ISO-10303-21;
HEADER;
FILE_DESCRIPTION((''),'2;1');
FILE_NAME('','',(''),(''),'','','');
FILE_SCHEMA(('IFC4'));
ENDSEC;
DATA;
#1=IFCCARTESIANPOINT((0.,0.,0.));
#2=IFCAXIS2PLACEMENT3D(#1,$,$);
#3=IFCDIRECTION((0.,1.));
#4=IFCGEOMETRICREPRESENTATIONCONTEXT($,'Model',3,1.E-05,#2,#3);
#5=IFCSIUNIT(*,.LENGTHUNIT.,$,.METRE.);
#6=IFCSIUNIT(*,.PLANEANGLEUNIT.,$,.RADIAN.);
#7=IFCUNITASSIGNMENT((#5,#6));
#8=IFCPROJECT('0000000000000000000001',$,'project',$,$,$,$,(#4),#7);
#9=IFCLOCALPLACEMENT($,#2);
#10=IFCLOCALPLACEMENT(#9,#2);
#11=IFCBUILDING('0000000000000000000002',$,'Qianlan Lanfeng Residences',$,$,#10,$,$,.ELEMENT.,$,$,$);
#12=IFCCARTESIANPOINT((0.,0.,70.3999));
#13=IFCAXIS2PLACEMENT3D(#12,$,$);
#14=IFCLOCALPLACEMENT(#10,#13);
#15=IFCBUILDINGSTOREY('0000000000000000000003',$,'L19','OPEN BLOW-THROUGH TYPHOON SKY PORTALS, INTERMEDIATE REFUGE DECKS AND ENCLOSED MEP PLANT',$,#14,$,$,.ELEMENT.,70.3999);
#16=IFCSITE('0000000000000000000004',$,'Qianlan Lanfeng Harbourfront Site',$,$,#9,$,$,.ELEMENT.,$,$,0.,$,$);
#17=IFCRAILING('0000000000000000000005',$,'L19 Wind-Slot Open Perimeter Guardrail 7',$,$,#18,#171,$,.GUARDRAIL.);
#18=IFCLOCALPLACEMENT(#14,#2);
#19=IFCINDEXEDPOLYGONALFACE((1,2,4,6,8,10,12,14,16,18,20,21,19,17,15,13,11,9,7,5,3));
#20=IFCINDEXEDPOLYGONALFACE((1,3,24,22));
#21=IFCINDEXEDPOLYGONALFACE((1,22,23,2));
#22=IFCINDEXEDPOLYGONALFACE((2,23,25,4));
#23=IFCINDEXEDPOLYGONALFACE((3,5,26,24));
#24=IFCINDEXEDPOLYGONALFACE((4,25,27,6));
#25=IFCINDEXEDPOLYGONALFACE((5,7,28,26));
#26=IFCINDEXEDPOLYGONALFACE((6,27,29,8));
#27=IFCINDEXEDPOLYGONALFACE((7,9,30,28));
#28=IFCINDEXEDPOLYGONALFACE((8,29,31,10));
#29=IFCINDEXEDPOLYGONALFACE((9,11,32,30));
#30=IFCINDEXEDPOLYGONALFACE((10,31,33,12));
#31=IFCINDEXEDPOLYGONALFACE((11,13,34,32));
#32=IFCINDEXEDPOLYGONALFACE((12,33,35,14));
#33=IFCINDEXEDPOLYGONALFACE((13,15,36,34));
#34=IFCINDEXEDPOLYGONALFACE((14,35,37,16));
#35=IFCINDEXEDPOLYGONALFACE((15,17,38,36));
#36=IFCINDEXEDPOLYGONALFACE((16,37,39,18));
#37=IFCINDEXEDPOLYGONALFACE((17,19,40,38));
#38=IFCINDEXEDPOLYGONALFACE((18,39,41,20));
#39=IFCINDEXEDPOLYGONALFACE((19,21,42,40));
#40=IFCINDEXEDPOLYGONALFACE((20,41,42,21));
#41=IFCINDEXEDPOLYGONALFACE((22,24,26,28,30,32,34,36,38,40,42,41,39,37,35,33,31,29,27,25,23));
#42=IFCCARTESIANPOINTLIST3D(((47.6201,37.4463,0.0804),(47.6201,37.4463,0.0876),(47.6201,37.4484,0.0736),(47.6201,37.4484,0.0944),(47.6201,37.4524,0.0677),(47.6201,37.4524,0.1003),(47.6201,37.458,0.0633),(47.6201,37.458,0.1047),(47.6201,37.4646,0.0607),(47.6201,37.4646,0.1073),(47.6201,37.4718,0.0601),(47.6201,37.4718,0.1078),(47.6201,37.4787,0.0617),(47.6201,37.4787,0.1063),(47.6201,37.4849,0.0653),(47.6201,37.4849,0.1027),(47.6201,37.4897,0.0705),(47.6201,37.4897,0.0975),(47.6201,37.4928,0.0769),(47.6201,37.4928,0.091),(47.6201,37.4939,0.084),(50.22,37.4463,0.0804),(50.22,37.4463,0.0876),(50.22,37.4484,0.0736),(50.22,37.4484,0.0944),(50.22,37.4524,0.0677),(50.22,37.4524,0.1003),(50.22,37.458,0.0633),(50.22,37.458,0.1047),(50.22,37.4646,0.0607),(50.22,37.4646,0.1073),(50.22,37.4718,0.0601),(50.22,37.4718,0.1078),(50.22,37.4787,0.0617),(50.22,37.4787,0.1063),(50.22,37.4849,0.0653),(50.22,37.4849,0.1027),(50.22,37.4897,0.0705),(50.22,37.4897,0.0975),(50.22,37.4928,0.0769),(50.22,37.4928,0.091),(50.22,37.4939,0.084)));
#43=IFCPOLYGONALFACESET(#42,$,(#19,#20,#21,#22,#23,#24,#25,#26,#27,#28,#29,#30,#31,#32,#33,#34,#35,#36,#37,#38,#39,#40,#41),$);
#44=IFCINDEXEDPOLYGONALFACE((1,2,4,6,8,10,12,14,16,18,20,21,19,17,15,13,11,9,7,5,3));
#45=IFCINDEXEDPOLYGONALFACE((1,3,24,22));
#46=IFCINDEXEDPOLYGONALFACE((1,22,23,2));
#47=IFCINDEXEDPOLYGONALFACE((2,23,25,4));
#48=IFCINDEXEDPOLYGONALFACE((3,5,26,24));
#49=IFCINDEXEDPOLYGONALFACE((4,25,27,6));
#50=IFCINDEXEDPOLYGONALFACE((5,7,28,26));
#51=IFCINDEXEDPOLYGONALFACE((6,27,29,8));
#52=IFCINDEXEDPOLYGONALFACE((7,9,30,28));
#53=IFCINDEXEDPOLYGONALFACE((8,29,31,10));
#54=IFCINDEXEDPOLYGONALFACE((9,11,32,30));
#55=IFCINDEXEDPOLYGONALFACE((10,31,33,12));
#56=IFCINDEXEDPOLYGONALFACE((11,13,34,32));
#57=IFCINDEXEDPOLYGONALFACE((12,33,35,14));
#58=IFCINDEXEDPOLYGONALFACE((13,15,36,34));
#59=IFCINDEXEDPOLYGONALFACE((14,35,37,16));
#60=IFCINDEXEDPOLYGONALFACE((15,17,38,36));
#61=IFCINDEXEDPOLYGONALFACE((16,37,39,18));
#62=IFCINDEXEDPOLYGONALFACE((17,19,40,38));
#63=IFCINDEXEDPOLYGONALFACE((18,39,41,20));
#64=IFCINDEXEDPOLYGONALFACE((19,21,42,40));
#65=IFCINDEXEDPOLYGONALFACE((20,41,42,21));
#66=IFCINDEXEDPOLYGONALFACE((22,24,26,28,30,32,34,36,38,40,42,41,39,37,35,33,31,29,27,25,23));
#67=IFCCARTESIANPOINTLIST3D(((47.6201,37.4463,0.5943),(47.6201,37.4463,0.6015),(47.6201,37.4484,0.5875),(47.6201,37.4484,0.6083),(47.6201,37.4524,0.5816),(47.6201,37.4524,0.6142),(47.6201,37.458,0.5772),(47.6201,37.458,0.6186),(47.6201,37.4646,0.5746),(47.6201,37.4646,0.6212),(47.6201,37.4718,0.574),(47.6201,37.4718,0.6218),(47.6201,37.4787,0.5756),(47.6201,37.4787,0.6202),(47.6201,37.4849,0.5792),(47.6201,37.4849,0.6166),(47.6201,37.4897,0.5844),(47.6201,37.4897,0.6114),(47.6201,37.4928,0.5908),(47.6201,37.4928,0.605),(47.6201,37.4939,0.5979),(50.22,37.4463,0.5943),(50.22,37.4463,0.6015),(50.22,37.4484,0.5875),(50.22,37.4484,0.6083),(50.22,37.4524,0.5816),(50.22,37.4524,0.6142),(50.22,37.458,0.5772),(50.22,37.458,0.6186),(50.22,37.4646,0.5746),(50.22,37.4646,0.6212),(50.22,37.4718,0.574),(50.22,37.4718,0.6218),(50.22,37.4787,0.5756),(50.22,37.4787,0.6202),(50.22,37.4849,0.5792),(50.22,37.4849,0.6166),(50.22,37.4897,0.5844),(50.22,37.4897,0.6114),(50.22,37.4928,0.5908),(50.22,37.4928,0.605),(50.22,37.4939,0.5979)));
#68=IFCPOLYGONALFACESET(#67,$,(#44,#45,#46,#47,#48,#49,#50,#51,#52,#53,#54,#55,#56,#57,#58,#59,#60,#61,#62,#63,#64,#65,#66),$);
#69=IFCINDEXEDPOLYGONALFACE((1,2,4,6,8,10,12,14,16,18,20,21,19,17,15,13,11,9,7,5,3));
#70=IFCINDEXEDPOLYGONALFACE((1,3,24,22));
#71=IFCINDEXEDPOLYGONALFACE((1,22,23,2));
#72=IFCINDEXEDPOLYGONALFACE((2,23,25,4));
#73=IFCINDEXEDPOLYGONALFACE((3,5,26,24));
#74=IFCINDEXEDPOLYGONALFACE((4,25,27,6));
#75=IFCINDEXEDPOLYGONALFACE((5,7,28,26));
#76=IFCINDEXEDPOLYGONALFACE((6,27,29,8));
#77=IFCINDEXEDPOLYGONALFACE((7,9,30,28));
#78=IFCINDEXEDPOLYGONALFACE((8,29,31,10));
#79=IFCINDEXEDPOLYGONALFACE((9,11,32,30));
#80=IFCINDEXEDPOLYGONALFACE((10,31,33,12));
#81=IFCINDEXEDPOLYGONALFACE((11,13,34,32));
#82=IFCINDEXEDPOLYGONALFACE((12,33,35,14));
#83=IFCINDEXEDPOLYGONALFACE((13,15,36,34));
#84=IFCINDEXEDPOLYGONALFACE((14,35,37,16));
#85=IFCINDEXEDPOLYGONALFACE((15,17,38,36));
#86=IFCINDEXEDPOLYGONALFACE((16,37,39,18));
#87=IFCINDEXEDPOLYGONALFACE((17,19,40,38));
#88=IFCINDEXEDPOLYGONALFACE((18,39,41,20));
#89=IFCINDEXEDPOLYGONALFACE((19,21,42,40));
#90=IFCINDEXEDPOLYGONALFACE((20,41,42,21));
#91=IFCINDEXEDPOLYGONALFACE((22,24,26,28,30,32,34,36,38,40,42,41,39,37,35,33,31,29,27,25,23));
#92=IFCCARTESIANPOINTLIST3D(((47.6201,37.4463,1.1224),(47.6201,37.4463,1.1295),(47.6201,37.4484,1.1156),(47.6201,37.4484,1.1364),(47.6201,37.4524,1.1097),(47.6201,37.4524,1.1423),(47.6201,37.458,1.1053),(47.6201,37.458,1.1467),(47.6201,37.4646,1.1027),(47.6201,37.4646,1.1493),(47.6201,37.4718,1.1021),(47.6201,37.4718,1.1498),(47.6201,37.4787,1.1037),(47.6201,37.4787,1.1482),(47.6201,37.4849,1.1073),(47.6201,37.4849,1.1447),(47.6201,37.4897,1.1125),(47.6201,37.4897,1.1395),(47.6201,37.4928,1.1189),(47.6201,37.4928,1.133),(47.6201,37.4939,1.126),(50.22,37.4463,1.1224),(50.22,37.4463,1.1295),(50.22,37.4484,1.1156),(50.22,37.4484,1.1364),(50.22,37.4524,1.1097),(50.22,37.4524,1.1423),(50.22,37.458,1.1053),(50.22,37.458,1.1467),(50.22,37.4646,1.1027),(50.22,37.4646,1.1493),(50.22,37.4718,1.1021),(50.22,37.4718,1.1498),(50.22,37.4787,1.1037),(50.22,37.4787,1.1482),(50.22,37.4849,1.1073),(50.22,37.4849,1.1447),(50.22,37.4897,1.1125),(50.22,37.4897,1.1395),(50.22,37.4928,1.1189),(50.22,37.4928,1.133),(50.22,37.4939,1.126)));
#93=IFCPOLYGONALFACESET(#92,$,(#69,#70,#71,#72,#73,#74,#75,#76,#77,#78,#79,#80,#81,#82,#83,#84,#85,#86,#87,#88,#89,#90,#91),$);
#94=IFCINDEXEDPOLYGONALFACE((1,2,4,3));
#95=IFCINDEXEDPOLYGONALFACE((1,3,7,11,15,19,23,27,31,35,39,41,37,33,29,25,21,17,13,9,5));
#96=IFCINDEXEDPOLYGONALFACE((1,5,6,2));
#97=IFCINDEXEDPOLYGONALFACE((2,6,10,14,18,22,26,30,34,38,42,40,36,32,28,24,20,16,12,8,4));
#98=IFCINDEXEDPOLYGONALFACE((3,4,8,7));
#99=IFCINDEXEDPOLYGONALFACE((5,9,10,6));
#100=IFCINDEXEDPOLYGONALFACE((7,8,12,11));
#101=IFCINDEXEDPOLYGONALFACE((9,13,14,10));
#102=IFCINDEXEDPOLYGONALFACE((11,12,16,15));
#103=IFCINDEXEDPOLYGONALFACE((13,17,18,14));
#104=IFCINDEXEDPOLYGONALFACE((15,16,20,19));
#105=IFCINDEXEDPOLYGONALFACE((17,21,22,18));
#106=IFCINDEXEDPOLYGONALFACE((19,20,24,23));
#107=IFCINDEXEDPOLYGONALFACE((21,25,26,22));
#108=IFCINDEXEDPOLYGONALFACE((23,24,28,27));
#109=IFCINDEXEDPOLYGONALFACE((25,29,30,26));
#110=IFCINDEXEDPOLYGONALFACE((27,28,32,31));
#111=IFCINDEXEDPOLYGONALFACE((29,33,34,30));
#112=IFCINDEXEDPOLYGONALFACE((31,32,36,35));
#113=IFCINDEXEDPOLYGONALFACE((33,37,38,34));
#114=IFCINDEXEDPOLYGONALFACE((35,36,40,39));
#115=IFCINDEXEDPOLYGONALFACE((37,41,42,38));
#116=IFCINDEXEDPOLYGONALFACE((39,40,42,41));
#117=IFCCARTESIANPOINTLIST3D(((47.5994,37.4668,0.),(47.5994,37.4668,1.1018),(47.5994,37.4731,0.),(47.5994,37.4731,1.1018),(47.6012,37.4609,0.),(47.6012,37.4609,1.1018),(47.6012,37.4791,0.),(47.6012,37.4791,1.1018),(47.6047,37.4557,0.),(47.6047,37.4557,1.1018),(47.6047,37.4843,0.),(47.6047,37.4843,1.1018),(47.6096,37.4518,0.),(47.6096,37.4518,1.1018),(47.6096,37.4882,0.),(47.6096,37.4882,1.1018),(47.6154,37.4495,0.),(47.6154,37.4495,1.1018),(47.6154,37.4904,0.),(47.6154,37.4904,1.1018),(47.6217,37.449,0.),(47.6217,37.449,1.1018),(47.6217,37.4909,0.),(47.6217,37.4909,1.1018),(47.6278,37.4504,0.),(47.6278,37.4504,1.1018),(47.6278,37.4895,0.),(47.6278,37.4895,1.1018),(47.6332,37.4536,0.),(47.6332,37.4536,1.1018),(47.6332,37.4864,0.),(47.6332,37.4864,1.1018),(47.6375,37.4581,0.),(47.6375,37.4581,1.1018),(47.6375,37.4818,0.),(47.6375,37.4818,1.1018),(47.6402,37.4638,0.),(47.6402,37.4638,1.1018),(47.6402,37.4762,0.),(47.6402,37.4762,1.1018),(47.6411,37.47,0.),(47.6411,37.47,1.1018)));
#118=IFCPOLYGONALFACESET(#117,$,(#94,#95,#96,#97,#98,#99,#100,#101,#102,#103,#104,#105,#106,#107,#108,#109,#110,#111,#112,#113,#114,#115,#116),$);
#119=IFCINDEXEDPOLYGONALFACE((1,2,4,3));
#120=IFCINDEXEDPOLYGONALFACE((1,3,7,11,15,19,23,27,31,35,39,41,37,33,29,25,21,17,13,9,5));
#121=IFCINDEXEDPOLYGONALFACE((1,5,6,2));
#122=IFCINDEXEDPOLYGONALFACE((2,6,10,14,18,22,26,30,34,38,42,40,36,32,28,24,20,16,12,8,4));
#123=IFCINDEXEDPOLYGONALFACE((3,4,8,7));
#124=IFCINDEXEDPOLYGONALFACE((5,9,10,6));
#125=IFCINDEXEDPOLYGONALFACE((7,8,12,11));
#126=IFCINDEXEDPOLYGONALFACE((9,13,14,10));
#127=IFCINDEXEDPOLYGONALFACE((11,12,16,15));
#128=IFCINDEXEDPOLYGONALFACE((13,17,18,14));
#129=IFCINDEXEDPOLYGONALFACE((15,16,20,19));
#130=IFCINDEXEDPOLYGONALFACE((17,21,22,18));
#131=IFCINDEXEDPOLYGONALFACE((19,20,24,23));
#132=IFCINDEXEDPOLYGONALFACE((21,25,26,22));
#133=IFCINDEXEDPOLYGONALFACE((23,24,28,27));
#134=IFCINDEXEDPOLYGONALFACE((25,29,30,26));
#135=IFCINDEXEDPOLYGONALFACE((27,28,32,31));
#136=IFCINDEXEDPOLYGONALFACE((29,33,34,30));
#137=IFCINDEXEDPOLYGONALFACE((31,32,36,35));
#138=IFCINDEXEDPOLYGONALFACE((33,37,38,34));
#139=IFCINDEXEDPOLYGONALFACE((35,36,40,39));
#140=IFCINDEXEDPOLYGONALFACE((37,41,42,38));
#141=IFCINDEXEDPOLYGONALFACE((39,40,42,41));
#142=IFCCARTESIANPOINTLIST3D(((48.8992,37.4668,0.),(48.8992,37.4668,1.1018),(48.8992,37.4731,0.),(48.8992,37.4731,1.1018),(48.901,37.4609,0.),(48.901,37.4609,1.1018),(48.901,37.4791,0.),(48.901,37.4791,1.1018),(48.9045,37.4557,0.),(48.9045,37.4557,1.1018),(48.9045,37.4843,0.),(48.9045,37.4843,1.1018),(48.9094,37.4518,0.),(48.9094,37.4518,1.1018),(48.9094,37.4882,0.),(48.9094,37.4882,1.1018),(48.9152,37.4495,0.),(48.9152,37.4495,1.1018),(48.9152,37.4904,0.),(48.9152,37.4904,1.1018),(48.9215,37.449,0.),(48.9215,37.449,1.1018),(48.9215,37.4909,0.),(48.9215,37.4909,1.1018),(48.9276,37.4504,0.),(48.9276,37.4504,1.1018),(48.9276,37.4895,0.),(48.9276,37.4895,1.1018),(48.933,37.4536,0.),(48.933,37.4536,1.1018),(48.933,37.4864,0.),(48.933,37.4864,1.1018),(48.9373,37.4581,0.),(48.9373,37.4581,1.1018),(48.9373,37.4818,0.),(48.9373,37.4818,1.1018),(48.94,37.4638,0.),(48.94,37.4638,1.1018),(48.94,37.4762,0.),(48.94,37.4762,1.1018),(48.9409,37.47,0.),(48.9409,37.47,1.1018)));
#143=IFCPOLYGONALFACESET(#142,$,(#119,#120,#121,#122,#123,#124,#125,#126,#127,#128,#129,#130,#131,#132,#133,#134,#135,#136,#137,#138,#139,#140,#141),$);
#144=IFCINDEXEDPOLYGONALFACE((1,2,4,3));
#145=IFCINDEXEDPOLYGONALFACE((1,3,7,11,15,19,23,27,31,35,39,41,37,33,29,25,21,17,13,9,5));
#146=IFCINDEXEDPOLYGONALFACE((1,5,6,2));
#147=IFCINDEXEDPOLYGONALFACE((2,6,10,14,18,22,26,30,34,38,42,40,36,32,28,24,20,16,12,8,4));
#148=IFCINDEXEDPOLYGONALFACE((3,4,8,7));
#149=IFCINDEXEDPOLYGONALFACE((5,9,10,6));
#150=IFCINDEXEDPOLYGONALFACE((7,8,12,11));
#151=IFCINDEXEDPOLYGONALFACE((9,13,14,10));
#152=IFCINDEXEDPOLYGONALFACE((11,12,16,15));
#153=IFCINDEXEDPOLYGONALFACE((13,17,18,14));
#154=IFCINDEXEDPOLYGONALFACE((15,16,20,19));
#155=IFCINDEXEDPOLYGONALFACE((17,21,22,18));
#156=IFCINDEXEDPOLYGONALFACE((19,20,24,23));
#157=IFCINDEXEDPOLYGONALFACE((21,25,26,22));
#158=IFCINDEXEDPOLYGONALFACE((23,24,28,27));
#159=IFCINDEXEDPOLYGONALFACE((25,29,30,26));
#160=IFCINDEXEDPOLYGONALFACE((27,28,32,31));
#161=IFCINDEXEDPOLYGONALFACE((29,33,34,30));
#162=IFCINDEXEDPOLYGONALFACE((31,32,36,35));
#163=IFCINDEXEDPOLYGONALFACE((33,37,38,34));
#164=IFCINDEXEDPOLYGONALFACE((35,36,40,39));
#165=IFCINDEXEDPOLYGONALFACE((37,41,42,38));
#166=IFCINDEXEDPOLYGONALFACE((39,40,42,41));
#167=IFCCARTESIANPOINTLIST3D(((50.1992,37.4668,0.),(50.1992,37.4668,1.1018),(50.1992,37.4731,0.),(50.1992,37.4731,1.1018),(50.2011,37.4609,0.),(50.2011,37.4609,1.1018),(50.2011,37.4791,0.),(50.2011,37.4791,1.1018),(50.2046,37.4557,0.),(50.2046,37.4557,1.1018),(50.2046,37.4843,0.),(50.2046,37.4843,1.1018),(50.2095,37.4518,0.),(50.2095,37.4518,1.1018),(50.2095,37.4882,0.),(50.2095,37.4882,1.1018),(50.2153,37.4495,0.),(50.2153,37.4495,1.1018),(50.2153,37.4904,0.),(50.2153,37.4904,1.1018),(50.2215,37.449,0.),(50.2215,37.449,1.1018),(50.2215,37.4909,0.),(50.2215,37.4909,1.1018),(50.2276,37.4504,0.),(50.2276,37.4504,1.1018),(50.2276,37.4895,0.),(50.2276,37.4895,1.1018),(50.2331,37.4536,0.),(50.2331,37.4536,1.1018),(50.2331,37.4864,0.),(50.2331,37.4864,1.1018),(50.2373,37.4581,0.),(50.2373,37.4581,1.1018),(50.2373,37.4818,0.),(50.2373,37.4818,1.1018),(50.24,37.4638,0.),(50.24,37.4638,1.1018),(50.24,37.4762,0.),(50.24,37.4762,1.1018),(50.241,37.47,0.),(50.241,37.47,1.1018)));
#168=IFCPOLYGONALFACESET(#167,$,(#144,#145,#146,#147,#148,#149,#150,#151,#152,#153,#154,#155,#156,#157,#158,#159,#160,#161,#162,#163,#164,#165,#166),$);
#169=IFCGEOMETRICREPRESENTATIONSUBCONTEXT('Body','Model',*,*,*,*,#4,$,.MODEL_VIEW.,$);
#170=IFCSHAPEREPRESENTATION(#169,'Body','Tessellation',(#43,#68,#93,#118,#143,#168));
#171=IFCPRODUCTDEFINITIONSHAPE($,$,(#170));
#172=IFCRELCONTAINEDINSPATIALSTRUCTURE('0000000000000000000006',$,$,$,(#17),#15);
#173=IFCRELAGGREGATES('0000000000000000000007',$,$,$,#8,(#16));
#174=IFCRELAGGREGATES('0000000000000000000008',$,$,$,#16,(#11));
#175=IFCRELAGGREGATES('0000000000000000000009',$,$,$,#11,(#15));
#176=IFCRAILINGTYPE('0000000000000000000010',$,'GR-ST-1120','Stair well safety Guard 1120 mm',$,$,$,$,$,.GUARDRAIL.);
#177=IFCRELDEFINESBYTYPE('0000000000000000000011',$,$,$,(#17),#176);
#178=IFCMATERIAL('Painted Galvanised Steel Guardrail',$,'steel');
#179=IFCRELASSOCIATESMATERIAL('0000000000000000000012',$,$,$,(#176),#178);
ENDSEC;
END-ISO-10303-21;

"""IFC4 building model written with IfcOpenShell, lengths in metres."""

from ifc_helpers import new_model, si_unit, direction, frame, origin, origin_2d, place, context, subcontext, project, spatial, circle, extrude, material, type_object, element, save


model = new_model("IFC4")

# Units and contexts
model_context = context("Model", 3, precision=1e-05, world=origin(), true_north=direction((0.0, 1.0)))
body_context = subcontext(model_context, "Body", "Model", "MODEL_VIEW")
ifc_project = project(units=[si_unit("LENGTHUNIT", "METRE"), si_unit("PLANEANGLEUNIT", "RADIAN")], contexts=[model_context])

# Site, building, storey
site_placement = place(None, origin())
site = spatial("IfcSite", under=ifc_project, at=site_placement, Name="Qianlan Lanfeng Harbourfront Site", CompositionType="ELEMENT", RefElevation=0.0)
building_placement = place(site_placement, origin())
building = spatial("IfcBuilding", under=site, at=building_placement, Name="Qianlan Lanfeng Residences", CompositionType="ELEMENT")
storey_placement = place(building_placement, frame((0.0, 0.0, 70.3999)))
storey = spatial("IfcBuildingStorey", under=building, at=storey_placement, Name="L19", Description="OPEN BLOW-THROUGH TYPHOON SKY PORTALS, INTERMEDIATE REFUGE DECKS AND ENCLOSED MEP PLANT", CompositionType="ELEMENT", Elevation=70.3999)

# Railing
ifc_material_1 = material(Name="Painted Galvanised Steel Guardrail", Category="steel")
railing_type_1 = type_object("IfcRailingType", Name="GR-ST-1120", Description="Stair well safety Guard 1120 mm", PredefinedType="GUARDRAIL", material=ifc_material_1)
railing_1_placement = place(storey_placement, frame((47.6201, 37.47, 0.0)))
element("IfcRailing", 1, at=railing_1_placement, inside=storey, type_object=railing_type_1, Name="L19 Wind-Slot Open Perimeter Guardrail 7", PredefinedType="GUARDRAIL", context=body_context, shape_type="SweptSolid", body=[
    extrude(circle(Radius=0.0239, at=origin_2d()), frame((0.0, 0.0, 0.084), z_axis=(1.0, 0.0, 0.0), x_axis=(0.0, 1.0, 0.0)), (0.0, 0.0, 1.0), 2.5999),
    extrude(circle(Radius=0.0239, at=origin_2d()), frame((0.0, 0.0, 0.5979), z_axis=(1.0, 0.0, 0.0), x_axis=(0.0, 1.0, 0.0)), (0.0, 0.0, 1.0), 2.5999),
    extrude(circle(Radius=0.0239, at=origin_2d()), frame((0.0, 0.0, 1.126), z_axis=(1.0, 0.0, 0.0), x_axis=(0.0, 1.0, 0.0)), (0.0, 0.0, 1.0), 2.5999),
    extrude(circle(Radius=0.021, at=origin_2d()), origin(), (0.0, 0.0, 1.0), 1.1018),
    extrude(circle(Radius=0.021, at=origin_2d()), frame((1.2998, 0.0, 0.0)), (0.0, 0.0, 1.0), 1.1018),
    extrude(circle(Radius=0.021, at=origin_2d()), frame((2.5999, 0.0, 0.0)), (0.0, 0.0, 1.0), 1.1018),
])

save(model, "model.ifc")
